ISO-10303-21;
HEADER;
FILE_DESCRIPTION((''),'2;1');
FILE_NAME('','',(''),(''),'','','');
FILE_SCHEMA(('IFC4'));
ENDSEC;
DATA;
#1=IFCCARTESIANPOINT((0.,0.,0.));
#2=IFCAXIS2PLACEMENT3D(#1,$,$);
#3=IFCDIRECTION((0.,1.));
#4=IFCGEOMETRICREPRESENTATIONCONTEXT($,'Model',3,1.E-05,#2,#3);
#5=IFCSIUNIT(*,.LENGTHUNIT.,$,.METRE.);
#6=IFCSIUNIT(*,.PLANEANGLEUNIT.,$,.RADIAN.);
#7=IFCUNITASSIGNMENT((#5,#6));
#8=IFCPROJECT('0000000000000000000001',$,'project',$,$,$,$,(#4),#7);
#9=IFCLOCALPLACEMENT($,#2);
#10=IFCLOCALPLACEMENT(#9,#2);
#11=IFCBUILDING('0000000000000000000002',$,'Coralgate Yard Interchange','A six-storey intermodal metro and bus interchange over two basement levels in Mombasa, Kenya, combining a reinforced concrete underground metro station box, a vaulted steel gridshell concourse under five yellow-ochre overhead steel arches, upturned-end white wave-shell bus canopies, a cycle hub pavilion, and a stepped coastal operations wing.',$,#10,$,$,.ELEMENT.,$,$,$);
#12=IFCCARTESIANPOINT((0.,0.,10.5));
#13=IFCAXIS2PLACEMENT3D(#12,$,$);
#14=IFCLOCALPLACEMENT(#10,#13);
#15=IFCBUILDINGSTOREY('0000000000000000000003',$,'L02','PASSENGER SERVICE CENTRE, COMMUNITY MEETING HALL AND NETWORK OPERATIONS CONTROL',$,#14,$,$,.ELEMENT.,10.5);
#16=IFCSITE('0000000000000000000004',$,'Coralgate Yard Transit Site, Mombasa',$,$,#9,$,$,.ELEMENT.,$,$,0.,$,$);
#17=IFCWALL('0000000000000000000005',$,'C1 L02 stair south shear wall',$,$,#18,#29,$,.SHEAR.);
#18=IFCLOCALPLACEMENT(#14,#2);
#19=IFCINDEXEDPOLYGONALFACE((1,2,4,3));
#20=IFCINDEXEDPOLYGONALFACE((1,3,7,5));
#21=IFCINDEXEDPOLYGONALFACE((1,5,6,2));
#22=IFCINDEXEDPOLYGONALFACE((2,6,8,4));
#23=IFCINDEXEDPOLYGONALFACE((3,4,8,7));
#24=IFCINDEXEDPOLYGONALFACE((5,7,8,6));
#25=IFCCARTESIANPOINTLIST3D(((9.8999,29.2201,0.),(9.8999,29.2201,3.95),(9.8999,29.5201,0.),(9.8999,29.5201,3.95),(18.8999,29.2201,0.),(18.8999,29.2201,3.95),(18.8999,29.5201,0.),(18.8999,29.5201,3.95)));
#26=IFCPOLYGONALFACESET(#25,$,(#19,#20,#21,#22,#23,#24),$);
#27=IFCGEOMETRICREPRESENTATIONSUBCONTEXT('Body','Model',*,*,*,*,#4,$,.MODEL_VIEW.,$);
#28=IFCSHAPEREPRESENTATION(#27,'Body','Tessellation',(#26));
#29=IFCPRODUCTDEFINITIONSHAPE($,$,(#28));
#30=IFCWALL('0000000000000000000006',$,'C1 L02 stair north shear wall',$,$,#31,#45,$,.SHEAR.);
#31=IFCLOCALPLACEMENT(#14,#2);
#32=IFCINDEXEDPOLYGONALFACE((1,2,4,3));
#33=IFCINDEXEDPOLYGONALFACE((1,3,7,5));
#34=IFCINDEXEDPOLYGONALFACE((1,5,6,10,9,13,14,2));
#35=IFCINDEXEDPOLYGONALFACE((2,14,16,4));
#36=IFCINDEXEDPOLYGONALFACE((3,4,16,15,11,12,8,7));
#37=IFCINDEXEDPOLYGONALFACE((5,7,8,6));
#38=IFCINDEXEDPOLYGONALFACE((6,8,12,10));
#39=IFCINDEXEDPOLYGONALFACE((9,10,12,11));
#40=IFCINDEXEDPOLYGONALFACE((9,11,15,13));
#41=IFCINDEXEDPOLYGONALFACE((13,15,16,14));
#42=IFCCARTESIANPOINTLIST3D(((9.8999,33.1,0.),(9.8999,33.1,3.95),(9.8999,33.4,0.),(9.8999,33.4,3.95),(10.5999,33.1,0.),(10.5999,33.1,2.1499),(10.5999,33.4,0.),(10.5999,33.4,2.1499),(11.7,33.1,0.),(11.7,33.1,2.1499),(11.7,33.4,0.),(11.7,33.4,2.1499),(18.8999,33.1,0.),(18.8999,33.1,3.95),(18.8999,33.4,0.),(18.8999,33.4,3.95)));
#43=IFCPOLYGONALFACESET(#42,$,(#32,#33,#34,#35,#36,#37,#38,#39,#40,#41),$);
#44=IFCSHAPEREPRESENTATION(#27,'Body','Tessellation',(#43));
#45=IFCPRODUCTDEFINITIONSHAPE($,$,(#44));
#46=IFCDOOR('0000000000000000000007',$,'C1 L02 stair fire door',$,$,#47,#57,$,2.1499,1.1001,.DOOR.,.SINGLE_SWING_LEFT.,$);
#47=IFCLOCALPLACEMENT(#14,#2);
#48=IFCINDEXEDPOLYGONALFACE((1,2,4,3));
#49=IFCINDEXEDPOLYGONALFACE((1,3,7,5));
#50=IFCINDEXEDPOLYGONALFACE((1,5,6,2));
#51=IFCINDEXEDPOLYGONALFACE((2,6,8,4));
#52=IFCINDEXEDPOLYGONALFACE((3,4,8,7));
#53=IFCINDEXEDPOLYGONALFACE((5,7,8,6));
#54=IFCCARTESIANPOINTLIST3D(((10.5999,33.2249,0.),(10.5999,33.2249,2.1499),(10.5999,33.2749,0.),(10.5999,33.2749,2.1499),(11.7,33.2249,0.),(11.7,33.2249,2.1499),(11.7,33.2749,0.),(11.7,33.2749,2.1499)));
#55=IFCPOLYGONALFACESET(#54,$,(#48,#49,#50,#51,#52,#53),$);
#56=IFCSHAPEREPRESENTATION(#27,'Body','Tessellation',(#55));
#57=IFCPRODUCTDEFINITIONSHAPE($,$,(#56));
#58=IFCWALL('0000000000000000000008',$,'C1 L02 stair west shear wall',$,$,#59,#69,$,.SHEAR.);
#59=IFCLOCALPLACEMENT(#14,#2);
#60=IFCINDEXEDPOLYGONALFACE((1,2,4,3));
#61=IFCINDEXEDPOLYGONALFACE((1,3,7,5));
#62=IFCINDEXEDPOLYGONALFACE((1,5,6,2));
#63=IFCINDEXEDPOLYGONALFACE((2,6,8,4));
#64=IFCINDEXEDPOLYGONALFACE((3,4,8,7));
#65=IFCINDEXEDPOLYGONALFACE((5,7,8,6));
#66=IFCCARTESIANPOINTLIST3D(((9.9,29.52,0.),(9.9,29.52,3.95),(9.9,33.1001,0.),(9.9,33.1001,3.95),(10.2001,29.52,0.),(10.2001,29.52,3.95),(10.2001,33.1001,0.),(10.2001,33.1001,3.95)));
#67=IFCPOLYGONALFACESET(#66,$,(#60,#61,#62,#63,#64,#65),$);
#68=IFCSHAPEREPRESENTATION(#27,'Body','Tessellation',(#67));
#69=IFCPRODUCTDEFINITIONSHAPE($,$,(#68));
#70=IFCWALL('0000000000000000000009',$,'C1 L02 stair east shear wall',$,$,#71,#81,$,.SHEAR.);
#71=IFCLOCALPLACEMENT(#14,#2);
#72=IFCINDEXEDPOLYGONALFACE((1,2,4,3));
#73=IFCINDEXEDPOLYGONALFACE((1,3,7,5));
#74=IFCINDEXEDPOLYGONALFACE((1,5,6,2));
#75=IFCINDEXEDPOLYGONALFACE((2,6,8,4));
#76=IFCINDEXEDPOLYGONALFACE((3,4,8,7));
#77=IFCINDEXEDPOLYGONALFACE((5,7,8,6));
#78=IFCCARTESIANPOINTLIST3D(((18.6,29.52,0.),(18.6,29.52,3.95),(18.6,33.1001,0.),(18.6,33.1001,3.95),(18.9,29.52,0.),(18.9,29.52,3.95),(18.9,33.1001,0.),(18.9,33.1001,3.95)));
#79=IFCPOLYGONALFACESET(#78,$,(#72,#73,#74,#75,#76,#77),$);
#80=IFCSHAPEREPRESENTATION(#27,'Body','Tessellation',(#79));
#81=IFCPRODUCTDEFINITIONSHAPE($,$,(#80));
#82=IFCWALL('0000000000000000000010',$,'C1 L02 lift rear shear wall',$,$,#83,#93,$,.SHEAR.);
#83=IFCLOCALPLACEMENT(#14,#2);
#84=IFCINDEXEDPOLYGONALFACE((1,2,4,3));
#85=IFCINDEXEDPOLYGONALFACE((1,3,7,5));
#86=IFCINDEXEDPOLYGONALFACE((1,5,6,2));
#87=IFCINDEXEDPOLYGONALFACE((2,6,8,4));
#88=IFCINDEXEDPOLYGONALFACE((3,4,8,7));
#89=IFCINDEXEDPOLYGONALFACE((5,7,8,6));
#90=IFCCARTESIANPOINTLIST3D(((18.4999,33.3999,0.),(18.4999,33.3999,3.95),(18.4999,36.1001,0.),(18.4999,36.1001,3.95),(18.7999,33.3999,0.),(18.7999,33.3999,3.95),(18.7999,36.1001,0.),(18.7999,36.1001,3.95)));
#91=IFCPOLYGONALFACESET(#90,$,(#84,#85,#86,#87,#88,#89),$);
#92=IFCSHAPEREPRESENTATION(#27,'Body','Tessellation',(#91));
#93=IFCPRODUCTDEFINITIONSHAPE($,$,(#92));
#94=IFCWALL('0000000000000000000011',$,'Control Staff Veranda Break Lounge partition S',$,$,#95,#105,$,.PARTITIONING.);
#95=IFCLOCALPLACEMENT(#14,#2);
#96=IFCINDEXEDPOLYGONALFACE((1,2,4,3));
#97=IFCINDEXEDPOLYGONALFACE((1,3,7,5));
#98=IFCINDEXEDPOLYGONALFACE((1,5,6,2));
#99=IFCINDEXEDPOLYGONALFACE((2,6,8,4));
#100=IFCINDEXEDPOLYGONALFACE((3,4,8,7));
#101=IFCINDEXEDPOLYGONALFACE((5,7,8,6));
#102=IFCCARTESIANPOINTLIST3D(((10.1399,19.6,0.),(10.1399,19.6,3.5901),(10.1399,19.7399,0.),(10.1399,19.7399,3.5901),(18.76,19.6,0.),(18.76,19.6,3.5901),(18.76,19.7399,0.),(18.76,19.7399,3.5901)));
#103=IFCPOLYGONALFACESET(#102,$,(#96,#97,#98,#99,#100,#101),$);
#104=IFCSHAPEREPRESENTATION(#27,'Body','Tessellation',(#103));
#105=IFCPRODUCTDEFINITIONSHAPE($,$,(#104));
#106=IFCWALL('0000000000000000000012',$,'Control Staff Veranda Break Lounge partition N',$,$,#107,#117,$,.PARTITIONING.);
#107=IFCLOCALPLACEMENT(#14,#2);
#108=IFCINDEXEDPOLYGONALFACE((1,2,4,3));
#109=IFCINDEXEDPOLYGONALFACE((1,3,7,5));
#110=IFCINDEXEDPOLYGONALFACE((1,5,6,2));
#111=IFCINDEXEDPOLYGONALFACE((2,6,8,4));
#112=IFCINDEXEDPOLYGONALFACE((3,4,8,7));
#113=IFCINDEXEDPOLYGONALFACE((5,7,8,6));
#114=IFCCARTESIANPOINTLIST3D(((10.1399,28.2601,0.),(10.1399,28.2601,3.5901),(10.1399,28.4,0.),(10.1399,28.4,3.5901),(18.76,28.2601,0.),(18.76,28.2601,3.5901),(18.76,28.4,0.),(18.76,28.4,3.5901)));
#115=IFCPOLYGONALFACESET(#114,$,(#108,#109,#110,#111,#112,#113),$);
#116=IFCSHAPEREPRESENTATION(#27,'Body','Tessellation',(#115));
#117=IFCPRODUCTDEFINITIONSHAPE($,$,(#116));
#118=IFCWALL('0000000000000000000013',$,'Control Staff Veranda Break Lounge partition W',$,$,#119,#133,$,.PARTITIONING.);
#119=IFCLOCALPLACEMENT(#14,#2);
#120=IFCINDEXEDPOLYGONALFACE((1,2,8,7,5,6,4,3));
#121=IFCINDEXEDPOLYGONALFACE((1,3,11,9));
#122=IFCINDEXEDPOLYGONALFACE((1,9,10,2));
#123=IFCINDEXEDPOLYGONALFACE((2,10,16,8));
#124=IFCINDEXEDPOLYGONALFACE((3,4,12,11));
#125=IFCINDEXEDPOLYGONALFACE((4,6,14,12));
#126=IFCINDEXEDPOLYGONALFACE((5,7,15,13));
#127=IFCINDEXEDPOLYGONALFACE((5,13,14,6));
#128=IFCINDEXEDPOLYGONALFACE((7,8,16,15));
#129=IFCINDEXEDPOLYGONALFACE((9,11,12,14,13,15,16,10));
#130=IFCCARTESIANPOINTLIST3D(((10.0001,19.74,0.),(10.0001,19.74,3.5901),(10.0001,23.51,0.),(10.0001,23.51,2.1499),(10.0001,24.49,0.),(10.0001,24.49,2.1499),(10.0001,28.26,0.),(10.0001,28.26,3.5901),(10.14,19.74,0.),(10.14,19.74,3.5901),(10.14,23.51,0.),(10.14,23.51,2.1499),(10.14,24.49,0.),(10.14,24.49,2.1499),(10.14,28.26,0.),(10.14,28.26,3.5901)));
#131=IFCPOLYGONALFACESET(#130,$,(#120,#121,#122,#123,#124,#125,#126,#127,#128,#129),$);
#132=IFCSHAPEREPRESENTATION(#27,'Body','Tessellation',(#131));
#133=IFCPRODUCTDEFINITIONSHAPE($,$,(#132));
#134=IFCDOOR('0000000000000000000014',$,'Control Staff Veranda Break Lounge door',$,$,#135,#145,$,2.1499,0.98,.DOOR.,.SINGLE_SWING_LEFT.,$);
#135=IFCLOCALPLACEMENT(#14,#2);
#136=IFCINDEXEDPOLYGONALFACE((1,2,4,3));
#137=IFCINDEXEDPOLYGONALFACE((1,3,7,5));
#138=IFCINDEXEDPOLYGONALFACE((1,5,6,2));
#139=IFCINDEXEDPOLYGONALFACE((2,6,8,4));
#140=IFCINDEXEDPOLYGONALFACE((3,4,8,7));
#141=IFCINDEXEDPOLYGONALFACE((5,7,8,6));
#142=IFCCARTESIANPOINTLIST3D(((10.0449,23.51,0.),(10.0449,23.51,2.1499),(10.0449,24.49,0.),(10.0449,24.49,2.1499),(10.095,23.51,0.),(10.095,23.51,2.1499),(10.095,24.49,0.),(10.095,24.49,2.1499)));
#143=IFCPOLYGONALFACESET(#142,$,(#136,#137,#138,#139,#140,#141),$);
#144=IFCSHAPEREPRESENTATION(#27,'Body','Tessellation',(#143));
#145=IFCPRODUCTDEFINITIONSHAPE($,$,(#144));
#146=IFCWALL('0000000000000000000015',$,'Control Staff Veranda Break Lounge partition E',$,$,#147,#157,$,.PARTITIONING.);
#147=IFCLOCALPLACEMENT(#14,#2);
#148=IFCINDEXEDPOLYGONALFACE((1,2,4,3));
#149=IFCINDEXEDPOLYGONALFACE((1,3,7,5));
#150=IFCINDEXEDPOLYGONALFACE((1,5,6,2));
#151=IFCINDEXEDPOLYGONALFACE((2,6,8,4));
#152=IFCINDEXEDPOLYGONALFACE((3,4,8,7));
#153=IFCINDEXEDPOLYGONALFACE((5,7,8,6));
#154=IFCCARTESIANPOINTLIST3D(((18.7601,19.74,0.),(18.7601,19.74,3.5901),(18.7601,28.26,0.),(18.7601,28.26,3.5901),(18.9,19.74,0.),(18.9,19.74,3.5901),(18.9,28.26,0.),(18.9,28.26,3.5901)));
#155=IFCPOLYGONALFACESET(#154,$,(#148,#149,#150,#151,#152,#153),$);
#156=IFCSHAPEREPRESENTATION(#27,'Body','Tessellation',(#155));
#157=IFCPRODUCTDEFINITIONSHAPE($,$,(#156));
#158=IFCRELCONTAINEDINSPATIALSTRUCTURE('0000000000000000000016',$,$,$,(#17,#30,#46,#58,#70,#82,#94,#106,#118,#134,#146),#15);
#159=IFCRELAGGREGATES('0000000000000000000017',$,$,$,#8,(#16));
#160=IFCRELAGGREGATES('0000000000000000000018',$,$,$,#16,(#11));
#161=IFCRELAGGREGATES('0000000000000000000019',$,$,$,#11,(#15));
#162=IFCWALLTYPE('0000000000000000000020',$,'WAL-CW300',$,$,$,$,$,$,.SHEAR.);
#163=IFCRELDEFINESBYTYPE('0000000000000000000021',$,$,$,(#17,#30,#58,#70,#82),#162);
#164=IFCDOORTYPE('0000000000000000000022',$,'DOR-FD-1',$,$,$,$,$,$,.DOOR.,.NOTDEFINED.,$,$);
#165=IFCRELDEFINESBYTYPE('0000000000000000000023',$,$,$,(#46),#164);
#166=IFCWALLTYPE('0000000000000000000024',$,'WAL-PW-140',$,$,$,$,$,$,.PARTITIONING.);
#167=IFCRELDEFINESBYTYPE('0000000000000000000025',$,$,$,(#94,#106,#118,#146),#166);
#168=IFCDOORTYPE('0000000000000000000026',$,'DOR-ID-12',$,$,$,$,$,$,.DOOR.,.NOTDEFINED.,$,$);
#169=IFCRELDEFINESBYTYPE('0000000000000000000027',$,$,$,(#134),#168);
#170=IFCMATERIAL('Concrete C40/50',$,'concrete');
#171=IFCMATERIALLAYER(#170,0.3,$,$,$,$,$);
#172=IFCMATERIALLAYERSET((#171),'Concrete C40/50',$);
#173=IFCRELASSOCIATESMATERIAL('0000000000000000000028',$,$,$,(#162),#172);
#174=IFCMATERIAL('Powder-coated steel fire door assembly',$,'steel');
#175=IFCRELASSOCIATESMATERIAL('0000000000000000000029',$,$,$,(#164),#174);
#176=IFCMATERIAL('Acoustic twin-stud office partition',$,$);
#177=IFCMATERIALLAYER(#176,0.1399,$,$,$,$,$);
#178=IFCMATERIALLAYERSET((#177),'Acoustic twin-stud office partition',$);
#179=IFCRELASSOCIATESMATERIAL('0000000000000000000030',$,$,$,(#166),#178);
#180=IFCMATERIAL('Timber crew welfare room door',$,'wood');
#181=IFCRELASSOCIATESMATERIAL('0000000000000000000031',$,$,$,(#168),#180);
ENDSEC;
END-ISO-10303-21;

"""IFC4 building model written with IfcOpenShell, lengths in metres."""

from ifc_helpers import new_model, si_unit, direction, frame, frame_2d, origin, place, context, subcontext, project, spatial, rectangle, extrude, material, layer, layer_set, type_object, element, fill, save


model = new_model("IFC4")

# Units and contexts
model_context = context("Model", 3, precision=1e-05, world=origin(), true_north=direction((0.0, 1.0)))
body_context = subcontext(model_context, "Body", "Model", "MODEL_VIEW")
ifc_project = project(units=[si_unit("LENGTHUNIT", "METRE"), si_unit("PLANEANGLEUNIT", "RADIAN")], contexts=[model_context])

# Site, building, storey
site_placement = place(None, origin())
site = spatial("IfcSite", under=ifc_project, at=site_placement, Name="Coralgate Yard Transit Site, Mombasa", CompositionType="ELEMENT", RefElevation=0.0)
building_placement = place(site_placement, origin())
building = spatial("IfcBuilding", under=site, at=building_placement, Name="Coralgate Yard Interchange", Description="A six-storey intermodal metro and bus interchange over two basement levels in Mombasa, Kenya, combining a reinforced concrete underground metro station box, a vaulted steel gridshell concourse under five yellow-ochre overhead steel arches, upturned-end white wave-shell bus canopies, a cycle hub pavilion, and a stepped coastal operations wing.", CompositionType="ELEMENT")
storey_placement = place(building_placement, frame((0.0, 0.0, 10.5)))
storey = spatial("IfcBuildingStorey", under=building, at=storey_placement, Name="L02", Description="PASSENGER SERVICE CENTRE, COMMUNITY MEETING HALL AND NETWORK OPERATIONS CONTROL", CompositionType="ELEMENT", Elevation=10.5)

# Wall
ifc_material_1 = material(Name="Concrete C40/50", Category="concrete")
ifc_layer_1 = layer(ifc_material_1, 0.3)
ifc_layer_set_1 = layer_set([ifc_layer_1], Name="Concrete C40/50")
wall_type_1 = type_object("IfcWallType", Name="WAL-CW300", PredefinedType="SHEAR", material=ifc_layer_set_1)
wall_1_placement = place(storey_placement, frame((9.8999, 29.3701, 0.0), z_axis=(0.0, 0.0, 1.0), x_axis=(1.0, 0.0, 0.0)))
element("IfcWall", 1, at=wall_1_placement, inside=storey, type_object=wall_type_1, Name="C1 L02 stair south shear wall", PredefinedType="SHEAR", context=body_context, shape_type="SweptSolid", body=[
    extrude(rectangle(XDim=9.0, YDim=0.3, at=frame_2d((4.5, 0.0))), origin(), (0.0, 0.0, 1.0), 3.95),
])

# Wall, opening, door
wall_2_placement = place(storey_placement, frame((18.8999, 33.25, 0.0), z_axis=(0.0, 0.0, 1.0), x_axis=(-1.0, 0.0, 0.0)))
wall_2 = element("IfcWall", 2, at=wall_2_placement, inside=storey, type_object=wall_type_1, Name="C1 L02 stair north shear wall", PredefinedType="SHEAR", context=body_context, shape_type="SweptSolid", body=[
    extrude(rectangle(XDim=9.0, YDim=0.3, at=frame_2d((4.5, 0.0))), origin(), (0.0, 0.0, 1.0), 3.95),
])
opening_1_placement = place(wall_2_placement, frame((7.2, 0.0, 0.0)))
opening_1 = element("IfcOpeningElement", 3, at=opening_1_placement, cuts=wall_2, PredefinedType="OPENING", context=body_context, shape_type="SweptSolid", body=[
    extrude(rectangle(XDim=1.1001, YDim=2.1499, at=frame_2d((0.55, 1.075))), frame((0.0, 0.1599, 0.0), z_axis=(0.0, -1.0, 0.0), x_axis=(1.0, 0.0, 0.0)), (0.0, 0.0, 1.0), 0.3201),
])
ifc_material_2 = material(Name="Powder-coated steel fire door assembly", Category="steel")
door_type_1 = type_object("IfcDoorType", Name="DOR-FD-1", OperationType="NOTDEFINED", PredefinedType="DOOR", material=ifc_material_2)
door_1_placement = place(opening_1_placement, frame((1.1001, 0.0, 0.0), z_axis=(0.0, 0.0, 1.0), x_axis=(-1.0, 0.0, 0.0)))
door_1 = element("IfcDoor", 4, at=door_1_placement, inside=storey, type_object=door_type_1, Name="C1 L02 stair fire door", OperationType="SINGLE_SWING_LEFT", OverallHeight=2.1499, OverallWidth=1.1001, PredefinedType="DOOR", context=body_context, shape_type="SweptSolid", body=[
    extrude(rectangle(XDim=1.1001, YDim=2.1499, at=frame_2d((0.55, 1.075))), frame((0.0, 0.0249, 0.0), z_axis=(0.0, -1.0, 0.0), x_axis=(1.0, 0.0, 0.0)), (0.0, 0.0, 1.0), 0.05),
])
fill(opening_1, door_1)

# Walls
for number, where, z_axis, x_axis, name in (
    (5, (10.05, 29.52, 0.0), (0.0, 0.0, 1.0), (0.0, 1.0, 0.0), "C1 L02 stair west shear wall"),
    (6, (18.75, 33.1001, 0.0), (0.0, 0.0, 1.0), (0.0, -1.0, 0.0), "C1 L02 stair east shear wall"),
):
    element("IfcWall", number, at=place(storey_placement, frame(where, z_axis=z_axis, x_axis=x_axis)), inside=storey, type_object=wall_type_1, Name=name, PredefinedType="SHEAR", context=body_context, shape_type="SweptSolid", body=[
        extrude(rectangle(XDim=3.5801, YDim=0.3, at=frame_2d((1.79, 0.0))), origin(), (0.0, 0.0, 1.0), 3.95),
    ])
wall_3_placement = place(storey_placement, frame((18.6499, 33.3999, 0.0), z_axis=(0.0, 0.0, 1.0), x_axis=(0.0, 1.0, 0.0)))
element("IfcWall", 7, at=wall_3_placement, inside=storey, type_object=wall_type_1, Name="C1 L02 lift rear shear wall", PredefinedType="SHEAR", context=body_context, shape_type="SweptSolid", body=[
    extrude(rectangle(XDim=2.7002, YDim=0.3, at=frame_2d((1.3501, 0.0))), origin(), (0.0, 0.0, 1.0), 3.95),
])
ifc_material_3 = material(Name="Acoustic twin-stud office partition")
ifc_layer_2 = layer(ifc_material_3, 0.1399)
ifc_layer_set_2 = layer_set([ifc_layer_2], Name="Acoustic twin-stud office partition")
wall_type_2 = type_object("IfcWallType", Name="WAL-PW-140", PredefinedType="PARTITIONING", material=ifc_layer_set_2)
for number, where, z_axis, x_axis, name in (
    (8, (18.76, 19.6699, 0.0), (0.0, 0.0, 1.0), (-1.0, 0.0, 0.0), "Control Staff Veranda Break Lounge partition S"),
    (9, (10.1399, 28.3301, 0.0), (0.0, 0.0, 1.0), (1.0, 0.0, 0.0), "Control Staff Veranda Break Lounge partition N"),
):
    element("IfcWall", number, at=place(storey_placement, frame(where, z_axis=z_axis, x_axis=x_axis)), inside=storey, type_object=wall_type_2, Name=name, PredefinedType="PARTITIONING", context=body_context, shape_type="SweptSolid", body=[
        extrude(rectangle(XDim=8.6201, YDim=0.1399, at=frame_2d((4.3101, 0.0))), origin(), (0.0, 0.0, 1.0), 3.5901),
    ])

# Wall, opening, door
wall_4_placement = place(storey_placement, frame((10.0701, 19.74, 0.0), z_axis=(0.0, 0.0, 1.0), x_axis=(0.0, 1.0, 0.0)))
wall_4 = element("IfcWall", 10, at=wall_4_placement, inside=storey, type_object=wall_type_2, Name="Control Staff Veranda Break Lounge partition W", PredefinedType="PARTITIONING", context=body_context, shape_type="SweptSolid", body=[
    extrude(rectangle(XDim=8.52, YDim=0.1399, at=frame_2d((4.26, 0.0))), origin(), (0.0, 0.0, 1.0), 3.5901),
])
opening_2_placement = place(wall_4_placement, frame((3.77, 0.0, 0.0)))
opening_2 = element("IfcOpeningElement", 11, at=opening_2_placement, cuts=wall_4, PredefinedType="OPENING", context=body_context, shape_type="SweptSolid", body=[
    extrude(rectangle(XDim=0.98, YDim=2.1499, at=frame_2d((0.49, 1.075))), frame((0.0, 0.0798, 0.0), z_axis=(0.0, -1.0, 0.0), x_axis=(1.0, 0.0, 0.0)), (0.0, 0.0, 1.0), 0.1599),
])
ifc_material_4 = material(Name="Timber crew welfare room door", Category="wood")
door_type_2 = type_object("IfcDoorType", Name="DOR-ID-12", OperationType="NOTDEFINED", PredefinedType="DOOR", material=ifc_material_4)
door_2_placement = place(opening_2_placement, frame((0.98, 0.0, 0.0), z_axis=(0.0, 0.0, 1.0), x_axis=(-1.0, 0.0, 0.0)))
door_2 = element("IfcDoor", 12, at=door_2_placement, inside=storey, type_object=door_type_2, Name="Control Staff Veranda Break Lounge door", OperationType="SINGLE_SWING_LEFT", OverallHeight=2.1499, OverallWidth=0.98, PredefinedType="DOOR", context=body_context, shape_type="SweptSolid", body=[
    extrude(rectangle(XDim=0.98, YDim=2.1499, at=frame_2d((0.49, 1.075))), frame((0.0, 0.0249, 0.0), z_axis=(0.0, -1.0, 0.0), x_axis=(1.0, 0.0, 0.0)), (0.0, 0.0, 1.0), 0.05),
])
fill(opening_2, door_2)

# Wall
wall_5_placement = place(storey_placement, frame((18.8301, 28.26, 0.0), z_axis=(0.0, 0.0, 1.0), x_axis=(0.0, -1.0, 0.0)))
element("IfcWall", 13, at=wall_5_placement, inside=storey, type_object=wall_type_2, Name="Control Staff Veranda Break Lounge partition E", PredefinedType="PARTITIONING", context=body_context, shape_type="SweptSolid", body=[
    extrude(rectangle(XDim=8.52, YDim=0.1399, at=frame_2d((4.26, 0.0))), origin(), (0.0, 0.0, 1.0), 3.5901),
])

save(model, "model.ifc")
